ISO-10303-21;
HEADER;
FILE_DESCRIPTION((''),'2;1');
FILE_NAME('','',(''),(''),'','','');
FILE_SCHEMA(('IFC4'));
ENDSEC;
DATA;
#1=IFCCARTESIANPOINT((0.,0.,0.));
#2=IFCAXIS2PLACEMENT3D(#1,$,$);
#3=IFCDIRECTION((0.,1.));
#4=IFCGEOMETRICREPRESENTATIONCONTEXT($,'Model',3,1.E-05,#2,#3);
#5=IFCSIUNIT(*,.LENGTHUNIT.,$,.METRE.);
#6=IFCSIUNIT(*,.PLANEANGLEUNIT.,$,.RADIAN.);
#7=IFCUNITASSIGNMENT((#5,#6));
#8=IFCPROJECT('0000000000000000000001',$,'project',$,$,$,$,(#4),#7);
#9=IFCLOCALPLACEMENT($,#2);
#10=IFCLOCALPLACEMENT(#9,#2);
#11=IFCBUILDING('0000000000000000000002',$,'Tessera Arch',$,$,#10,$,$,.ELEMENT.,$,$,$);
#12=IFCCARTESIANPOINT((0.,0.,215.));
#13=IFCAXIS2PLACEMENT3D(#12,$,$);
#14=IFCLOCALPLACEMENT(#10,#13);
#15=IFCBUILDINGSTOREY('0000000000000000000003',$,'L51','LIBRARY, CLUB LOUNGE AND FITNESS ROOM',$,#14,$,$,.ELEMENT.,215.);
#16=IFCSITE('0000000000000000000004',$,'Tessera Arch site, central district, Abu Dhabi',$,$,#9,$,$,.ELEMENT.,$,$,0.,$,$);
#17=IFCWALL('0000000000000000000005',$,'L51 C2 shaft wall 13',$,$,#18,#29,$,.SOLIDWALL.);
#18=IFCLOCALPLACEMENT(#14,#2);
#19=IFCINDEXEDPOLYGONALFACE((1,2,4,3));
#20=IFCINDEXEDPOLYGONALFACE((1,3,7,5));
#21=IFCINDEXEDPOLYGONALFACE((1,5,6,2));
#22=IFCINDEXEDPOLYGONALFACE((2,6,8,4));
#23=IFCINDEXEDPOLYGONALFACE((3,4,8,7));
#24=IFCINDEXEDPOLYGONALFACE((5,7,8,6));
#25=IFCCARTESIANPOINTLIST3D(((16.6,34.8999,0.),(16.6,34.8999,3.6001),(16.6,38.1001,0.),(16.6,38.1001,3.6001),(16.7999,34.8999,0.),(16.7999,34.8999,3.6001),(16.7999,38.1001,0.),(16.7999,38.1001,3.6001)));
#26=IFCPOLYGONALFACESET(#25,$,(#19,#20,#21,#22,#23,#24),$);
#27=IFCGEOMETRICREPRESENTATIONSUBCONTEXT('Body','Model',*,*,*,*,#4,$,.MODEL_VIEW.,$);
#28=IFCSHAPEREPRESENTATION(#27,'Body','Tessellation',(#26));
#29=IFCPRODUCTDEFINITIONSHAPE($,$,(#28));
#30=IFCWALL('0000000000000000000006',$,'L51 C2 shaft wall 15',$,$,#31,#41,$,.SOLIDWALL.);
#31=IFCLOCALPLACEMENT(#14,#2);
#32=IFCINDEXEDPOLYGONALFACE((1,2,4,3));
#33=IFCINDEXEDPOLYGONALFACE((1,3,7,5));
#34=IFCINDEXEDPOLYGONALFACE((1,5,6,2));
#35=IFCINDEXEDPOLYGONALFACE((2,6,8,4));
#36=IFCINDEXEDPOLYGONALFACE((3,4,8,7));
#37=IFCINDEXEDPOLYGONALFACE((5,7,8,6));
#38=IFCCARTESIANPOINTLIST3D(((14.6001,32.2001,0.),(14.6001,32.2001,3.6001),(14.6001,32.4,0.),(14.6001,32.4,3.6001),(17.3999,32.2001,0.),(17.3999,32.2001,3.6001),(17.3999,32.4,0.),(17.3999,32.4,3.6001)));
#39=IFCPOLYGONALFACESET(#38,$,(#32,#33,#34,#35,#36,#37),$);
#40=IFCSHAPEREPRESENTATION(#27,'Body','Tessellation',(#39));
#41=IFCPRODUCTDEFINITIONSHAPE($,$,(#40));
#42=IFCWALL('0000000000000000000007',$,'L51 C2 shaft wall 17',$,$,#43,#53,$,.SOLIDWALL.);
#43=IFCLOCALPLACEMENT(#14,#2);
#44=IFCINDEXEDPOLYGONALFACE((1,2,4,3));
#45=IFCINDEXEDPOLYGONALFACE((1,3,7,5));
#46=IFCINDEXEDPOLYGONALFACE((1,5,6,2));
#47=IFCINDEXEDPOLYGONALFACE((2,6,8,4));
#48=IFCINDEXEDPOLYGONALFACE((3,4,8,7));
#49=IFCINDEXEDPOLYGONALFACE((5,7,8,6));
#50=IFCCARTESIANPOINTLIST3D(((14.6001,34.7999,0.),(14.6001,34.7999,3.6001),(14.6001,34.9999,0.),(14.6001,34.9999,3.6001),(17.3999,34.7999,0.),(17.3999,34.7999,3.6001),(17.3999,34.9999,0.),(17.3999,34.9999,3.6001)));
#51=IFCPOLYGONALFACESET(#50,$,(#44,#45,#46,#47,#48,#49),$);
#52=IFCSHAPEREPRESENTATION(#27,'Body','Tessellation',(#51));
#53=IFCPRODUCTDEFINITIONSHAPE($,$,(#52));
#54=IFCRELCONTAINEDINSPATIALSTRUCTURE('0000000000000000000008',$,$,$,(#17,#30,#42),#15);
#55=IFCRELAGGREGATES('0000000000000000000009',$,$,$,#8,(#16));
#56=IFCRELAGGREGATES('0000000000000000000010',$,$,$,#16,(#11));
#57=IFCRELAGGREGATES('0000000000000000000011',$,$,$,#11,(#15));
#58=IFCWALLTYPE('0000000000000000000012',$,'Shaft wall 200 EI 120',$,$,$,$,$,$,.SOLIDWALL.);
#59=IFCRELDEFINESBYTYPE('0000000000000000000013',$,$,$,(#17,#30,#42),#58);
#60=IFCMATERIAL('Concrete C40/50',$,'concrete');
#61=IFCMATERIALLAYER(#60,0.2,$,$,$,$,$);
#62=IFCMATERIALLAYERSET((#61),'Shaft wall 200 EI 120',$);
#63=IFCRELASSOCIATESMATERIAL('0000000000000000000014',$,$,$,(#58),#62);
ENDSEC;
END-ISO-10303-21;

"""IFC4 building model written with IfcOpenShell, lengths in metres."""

from ifc_helpers import new_model, si_unit, direction, frame, frame_2d, origin, place, context, subcontext, project, spatial, rectangle, extrude, material, layer, layer_set, type_object, element, save


model = new_model("IFC4")

# Units and contexts
model_context = context("Model", 3, precision=1e-05, world=origin(), true_north=direction((0.0, 1.0)))
body_context = subcontext(model_context, "Body", "Model", "MODEL_VIEW")
ifc_project = project(units=[si_unit("LENGTHUNIT", "METRE"), si_unit("PLANEANGLEUNIT", "RADIAN")], contexts=[model_context])

# Site, building, storey
site_placement = place(None, origin())
site = spatial("IfcSite", under=ifc_project, at=site_placement, Name="Tessera Arch site, central district, Abu Dhabi", CompositionType="ELEMENT", RefElevation=0.0)
building_placement = place(site_placement, origin())
building = spatial("IfcBuilding", under=site, at=building_placement, Name="Tessera Arch", CompositionType="ELEMENT")
storey_placement = place(building_placement, frame((0.0, 0.0, 215.0)))
storey = spatial("IfcBuildingStorey", under=building, at=storey_placement, Name="L51", Description="LIBRARY, CLUB LOUNGE AND FITNESS ROOM", CompositionType="ELEMENT", Elevation=215.0)

# Walls
ifc_material_1 = material(Name="Concrete C40/50", Category="concrete")
ifc_layer_1 = layer(ifc_material_1, 0.2)
ifc_layer_set_1 = layer_set([ifc_layer_1], Name="Shaft wall 200 EI 120")
wall_type_1 = type_object("IfcWallType", Name="Shaft wall 200 EI 120", PredefinedType="SOLIDWALL", material=ifc_layer_set_1)
wall_1_placement = place(storey_placement, frame((16.7, 34.8999, 0.0), z_axis=(0.0, 0.0, 1.0), x_axis=(0.0, 1.0, 0.0)))
element("IfcWall", 1, at=wall_1_placement, inside=storey, type_object=wall_type_1, Name="L51 C2 shaft wall 13", PredefinedType="SOLIDWALL", context=body_context, shape_type="SweptSolid", body=[
    extrude(rectangle(XDim=3.2002, YDim=0.2, at=frame_2d((1.6001, 0.0))), origin(), (0.0, 0.0, 1.0), 3.6001),
])
for number, where, z_axis, x_axis, name in (
    (2, (14.6001, 32.3, 0.0), (0.0, 0.0, 1.0), (1.0, 0.0, 0.0), "L51 C2 shaft wall 15"),
    (3, (14.6001, 34.8999, 0.0), (0.0, 0.0, 1.0), (1.0, 0.0, 0.0), "L51 C2 shaft wall 17"),
):
    element("IfcWall", number, at=place(storey_placement, frame(where, z_axis=z_axis, x_axis=x_axis)), inside=storey, type_object=wall_type_1, Name=name, PredefinedType="SOLIDWALL", context=body_context, shape_type="SweptSolid", body=[
        extrude(rectangle(XDim=2.7998, YDim=0.2, at=frame_2d((1.3999, 0.0))), origin(), (0.0, 0.0, 1.0), 3.6001),
    ])

save(model, "model.ifc")
